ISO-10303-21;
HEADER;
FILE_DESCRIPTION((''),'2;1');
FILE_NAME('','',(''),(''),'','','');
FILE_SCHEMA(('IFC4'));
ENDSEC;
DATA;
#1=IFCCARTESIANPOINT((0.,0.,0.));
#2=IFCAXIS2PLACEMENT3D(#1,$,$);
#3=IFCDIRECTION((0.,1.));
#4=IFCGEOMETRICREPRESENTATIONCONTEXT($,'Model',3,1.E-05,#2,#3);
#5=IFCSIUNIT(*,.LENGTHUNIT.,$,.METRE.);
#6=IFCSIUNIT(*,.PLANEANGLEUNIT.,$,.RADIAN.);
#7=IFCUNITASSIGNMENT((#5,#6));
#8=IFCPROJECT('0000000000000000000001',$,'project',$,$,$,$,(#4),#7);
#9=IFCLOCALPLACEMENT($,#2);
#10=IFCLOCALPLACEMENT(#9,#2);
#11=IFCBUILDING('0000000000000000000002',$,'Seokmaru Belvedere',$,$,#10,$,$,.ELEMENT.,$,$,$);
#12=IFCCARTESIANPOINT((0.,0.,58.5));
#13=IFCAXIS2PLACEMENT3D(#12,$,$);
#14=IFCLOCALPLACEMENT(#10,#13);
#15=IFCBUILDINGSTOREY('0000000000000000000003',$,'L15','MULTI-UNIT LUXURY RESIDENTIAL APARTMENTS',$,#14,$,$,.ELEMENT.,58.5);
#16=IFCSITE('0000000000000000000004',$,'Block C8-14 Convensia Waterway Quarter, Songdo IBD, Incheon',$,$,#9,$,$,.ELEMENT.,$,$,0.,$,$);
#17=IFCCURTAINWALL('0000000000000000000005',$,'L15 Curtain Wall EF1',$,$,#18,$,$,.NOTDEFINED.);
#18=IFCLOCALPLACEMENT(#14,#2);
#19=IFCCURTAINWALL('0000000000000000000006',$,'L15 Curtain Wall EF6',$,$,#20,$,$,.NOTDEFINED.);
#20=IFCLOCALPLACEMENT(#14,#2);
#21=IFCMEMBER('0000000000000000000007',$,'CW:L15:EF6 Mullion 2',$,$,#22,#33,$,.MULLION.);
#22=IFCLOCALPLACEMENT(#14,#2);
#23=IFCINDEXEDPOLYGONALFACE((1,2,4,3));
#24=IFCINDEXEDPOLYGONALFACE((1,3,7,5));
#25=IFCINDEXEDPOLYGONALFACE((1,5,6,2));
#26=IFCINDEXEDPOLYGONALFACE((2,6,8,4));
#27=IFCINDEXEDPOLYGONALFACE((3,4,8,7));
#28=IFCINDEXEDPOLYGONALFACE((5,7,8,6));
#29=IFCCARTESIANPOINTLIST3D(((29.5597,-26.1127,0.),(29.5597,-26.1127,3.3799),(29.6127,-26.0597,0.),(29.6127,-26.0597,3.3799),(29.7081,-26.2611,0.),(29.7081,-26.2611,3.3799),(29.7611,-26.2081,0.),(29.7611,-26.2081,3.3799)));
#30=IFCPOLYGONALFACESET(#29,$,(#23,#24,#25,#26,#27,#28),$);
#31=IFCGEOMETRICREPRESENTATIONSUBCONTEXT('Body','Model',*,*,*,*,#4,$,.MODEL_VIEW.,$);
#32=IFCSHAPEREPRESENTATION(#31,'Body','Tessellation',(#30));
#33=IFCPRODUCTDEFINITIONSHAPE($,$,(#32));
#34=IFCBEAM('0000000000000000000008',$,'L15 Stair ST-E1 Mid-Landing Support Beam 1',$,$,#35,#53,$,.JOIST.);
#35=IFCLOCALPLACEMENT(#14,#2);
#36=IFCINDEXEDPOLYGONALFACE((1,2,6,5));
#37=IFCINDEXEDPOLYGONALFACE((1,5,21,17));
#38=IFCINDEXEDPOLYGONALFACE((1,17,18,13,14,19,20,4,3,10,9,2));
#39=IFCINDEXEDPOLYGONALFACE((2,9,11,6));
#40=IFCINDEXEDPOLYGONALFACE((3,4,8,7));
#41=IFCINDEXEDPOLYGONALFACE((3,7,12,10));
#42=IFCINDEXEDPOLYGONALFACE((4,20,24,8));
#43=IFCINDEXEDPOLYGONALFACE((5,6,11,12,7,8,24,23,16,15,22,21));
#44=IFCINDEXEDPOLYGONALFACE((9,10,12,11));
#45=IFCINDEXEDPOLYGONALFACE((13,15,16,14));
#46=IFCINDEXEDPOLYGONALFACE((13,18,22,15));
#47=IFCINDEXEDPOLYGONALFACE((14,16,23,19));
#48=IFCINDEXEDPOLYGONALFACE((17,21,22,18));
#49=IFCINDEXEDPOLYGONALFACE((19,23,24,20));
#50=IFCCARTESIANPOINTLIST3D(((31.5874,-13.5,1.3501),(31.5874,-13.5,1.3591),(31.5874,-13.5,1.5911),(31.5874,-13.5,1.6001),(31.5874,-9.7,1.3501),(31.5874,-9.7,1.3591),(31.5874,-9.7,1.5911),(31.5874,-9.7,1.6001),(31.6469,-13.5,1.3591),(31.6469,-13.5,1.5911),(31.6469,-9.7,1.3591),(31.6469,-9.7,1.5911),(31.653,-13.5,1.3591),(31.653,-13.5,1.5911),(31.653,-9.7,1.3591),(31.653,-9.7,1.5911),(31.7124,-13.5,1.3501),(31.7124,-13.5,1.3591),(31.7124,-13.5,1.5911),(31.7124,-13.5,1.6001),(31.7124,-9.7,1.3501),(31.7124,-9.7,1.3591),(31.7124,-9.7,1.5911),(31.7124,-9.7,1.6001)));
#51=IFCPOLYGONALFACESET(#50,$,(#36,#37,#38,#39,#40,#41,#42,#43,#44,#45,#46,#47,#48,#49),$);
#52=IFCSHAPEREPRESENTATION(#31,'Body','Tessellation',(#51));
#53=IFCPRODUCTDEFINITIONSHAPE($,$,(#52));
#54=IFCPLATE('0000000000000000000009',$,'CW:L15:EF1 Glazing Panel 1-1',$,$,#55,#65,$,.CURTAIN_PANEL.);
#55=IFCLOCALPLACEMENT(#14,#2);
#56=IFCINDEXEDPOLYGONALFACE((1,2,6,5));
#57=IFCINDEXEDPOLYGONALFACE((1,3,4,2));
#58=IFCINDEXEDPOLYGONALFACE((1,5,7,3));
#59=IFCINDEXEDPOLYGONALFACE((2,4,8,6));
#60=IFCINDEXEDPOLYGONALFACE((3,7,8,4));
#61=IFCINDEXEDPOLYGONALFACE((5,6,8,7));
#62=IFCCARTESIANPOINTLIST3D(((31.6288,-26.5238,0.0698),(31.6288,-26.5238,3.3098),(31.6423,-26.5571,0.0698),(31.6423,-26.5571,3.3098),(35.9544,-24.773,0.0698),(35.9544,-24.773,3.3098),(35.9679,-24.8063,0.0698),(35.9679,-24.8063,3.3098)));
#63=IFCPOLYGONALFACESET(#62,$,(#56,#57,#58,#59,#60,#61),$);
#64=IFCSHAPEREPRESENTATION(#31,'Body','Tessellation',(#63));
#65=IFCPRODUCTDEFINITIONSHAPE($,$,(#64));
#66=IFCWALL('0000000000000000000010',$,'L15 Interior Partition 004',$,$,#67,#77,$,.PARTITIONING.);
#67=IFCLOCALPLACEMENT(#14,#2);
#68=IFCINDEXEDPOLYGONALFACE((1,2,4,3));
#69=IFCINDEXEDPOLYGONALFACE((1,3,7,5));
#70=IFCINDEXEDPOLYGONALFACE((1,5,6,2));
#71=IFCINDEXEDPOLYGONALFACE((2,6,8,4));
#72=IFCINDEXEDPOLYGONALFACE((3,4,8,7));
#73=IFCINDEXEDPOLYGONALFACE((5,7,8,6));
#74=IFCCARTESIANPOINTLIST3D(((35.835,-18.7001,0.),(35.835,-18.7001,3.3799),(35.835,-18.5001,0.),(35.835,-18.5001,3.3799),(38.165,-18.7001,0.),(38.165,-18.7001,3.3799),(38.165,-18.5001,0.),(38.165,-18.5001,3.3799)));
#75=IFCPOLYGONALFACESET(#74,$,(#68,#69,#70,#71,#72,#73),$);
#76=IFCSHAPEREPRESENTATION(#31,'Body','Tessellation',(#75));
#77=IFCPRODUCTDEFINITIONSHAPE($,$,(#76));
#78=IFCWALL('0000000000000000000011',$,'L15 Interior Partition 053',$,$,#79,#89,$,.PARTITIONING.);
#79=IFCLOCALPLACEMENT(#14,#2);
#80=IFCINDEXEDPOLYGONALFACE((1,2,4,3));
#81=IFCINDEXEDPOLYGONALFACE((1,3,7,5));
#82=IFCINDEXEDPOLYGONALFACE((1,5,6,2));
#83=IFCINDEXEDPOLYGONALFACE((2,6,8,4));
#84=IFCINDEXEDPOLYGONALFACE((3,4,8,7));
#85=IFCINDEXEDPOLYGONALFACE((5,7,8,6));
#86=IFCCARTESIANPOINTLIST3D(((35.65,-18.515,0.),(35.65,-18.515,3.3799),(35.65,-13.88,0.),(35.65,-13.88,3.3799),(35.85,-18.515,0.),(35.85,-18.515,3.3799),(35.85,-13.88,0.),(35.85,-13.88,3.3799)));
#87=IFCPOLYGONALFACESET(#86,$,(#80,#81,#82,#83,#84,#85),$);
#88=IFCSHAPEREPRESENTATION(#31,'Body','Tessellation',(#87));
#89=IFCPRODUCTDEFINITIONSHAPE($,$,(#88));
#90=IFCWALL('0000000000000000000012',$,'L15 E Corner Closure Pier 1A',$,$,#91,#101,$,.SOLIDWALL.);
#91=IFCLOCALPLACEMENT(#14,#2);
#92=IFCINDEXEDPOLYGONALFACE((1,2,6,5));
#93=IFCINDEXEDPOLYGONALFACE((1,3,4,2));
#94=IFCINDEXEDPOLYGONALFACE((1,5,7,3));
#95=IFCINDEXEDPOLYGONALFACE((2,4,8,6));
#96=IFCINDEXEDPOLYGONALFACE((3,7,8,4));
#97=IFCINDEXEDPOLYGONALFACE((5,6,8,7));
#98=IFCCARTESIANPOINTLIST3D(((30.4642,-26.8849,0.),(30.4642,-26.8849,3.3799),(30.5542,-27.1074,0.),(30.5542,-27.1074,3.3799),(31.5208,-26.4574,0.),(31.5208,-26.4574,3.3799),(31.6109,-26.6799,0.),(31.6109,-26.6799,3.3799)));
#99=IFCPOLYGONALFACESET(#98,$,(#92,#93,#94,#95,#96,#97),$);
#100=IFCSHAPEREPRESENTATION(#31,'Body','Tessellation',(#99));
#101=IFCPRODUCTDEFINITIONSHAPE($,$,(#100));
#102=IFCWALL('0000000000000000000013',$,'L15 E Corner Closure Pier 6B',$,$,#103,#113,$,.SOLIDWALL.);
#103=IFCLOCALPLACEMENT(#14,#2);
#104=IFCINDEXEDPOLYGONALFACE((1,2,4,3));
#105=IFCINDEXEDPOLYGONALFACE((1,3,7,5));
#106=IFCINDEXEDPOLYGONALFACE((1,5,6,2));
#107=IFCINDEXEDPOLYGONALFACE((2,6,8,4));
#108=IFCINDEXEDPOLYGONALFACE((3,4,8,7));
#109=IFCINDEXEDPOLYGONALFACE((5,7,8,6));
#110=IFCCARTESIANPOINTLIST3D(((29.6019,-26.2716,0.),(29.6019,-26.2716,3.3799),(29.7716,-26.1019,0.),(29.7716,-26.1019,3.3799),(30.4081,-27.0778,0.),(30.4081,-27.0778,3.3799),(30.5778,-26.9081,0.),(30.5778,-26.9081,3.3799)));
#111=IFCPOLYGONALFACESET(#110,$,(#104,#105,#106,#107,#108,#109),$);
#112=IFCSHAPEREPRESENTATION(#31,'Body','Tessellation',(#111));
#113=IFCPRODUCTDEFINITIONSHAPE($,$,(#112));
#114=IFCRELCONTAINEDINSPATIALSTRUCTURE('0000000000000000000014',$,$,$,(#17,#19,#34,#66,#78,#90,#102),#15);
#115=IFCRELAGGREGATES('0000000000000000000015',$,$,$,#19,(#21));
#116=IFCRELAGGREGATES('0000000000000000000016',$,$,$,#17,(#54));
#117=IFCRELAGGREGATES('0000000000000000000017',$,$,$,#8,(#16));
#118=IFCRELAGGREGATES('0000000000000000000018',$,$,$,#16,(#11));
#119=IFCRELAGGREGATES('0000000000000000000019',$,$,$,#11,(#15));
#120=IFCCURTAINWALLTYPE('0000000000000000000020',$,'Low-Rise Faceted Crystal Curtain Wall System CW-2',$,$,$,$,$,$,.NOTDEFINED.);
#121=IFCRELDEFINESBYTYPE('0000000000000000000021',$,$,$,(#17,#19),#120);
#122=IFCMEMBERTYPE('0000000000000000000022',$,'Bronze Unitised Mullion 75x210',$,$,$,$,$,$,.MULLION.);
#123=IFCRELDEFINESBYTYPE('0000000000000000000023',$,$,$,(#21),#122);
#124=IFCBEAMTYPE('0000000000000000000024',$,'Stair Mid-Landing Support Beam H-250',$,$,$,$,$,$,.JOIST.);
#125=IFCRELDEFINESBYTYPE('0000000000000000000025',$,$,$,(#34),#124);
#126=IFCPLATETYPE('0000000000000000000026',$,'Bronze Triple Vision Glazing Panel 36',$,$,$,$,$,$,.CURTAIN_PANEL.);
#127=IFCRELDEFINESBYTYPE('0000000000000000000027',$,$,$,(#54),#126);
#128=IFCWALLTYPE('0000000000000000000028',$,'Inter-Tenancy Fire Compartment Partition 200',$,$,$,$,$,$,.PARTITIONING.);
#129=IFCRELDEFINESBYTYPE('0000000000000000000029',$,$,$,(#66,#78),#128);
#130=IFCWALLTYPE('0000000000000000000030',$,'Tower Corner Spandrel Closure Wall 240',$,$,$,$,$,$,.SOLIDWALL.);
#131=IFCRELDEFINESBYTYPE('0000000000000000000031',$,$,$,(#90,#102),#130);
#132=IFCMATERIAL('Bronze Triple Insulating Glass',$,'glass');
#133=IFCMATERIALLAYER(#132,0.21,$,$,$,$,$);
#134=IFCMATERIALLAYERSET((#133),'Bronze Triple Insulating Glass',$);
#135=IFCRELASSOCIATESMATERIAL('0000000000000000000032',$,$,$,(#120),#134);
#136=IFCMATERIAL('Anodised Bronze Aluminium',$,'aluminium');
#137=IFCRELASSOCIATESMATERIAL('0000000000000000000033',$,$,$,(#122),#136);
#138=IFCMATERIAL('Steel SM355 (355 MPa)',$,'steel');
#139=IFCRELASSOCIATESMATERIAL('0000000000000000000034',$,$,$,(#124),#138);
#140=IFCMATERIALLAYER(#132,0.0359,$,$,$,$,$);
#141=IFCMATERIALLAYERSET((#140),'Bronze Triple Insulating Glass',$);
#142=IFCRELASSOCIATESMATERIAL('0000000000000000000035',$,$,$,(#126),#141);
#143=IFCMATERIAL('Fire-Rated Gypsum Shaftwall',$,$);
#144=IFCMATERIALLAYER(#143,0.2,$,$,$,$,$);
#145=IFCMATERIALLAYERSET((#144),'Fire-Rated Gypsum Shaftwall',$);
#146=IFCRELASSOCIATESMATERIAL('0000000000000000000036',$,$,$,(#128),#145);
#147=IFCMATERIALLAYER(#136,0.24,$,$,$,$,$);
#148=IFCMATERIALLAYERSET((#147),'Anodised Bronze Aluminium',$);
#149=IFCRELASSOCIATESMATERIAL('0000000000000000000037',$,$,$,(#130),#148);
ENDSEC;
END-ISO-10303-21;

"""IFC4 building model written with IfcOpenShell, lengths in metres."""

from ifc_helpers import new_model, si_unit, direction, frame, frame_2d, origin, origin_2d, place, context, subcontext, project, spatial, rectangle, i_section, extrude, source, transform, mapped, material, layer, layer_set, material_profile, profile_set, type_object, type_shapes, element, aggregate, save


model = new_model("IFC4")

# Units and contexts
model_context = context("Model", 3, precision=1e-05, world=origin(), true_north=direction((0.0, 1.0)))
body_context = subcontext(model_context, "Body", "Model", "MODEL_VIEW")
ifc_project = project(units=[si_unit("LENGTHUNIT", "METRE"), si_unit("PLANEANGLEUNIT", "RADIAN")], contexts=[model_context])

# Site, building, storey
site_placement = place(None, origin())
site = spatial("IfcSite", under=ifc_project, at=site_placement, Name="Block C8-14 Convensia Waterway Quarter, Songdo IBD, Incheon", CompositionType="ELEMENT", RefElevation=0.0)
building_placement = place(site_placement, origin())
building = spatial("IfcBuilding", under=site, at=building_placement, Name="Seokmaru Belvedere", CompositionType="ELEMENT")
storey_placement = place(building_placement, frame((0.0, 0.0, 58.5)))
storey = spatial("IfcBuildingStorey", under=building, at=storey_placement, Name="L15", Description="MULTI-UNIT LUXURY RESIDENTIAL APARTMENTS", CompositionType="ELEMENT", Elevation=58.5)

# Shared definitions
ifc_material_1 = material(Name="Steel SM355 (355 MPa)", Category="steel")

# Curtain wall
ifc_material_2 = material(Name="Bronze Triple Insulating Glass", Category="glass")
ifc_layer_1 = layer(ifc_material_2, 0.21)
ifc_layer_set_1 = layer_set([ifc_layer_1], Name="Bronze Triple Insulating Glass")
curtain_wall_type = type_object("IfcCurtainWallType", Name="Low-Rise Faceted Crystal Curtain Wall System CW-2", PredefinedType="NOTDEFINED", material=ifc_layer_set_1)
curtain_wall_1_placement = place(storey_placement, origin())
curtain_wall_1 = element("IfcCurtainWall", 1, at=curtain_wall_1_placement, inside=storey, type_object=curtain_wall_type, Name="L15 Curtain Wall EF1", PredefinedType="NOTDEFINED")
ifc_material_3 = material(Name="Anodised Bronze Aluminium", Category="aluminium")
ifc_material_profile_1 = material_profile(ifc_material_3, rectangle(XDim=0.075, YDim=0.21, at=origin_2d()), Name="CW-M-75x210")
ifc_profile_set_1 = profile_set([ifc_material_profile_1], Name="Anodised Bronze Aluminium")
member_type_1 = type_object("IfcMemberType", Name="Bronze Unitised Mullion 75x210", PredefinedType="MULLION", material=ifc_profile_set_1)
shared_shape_1 = source(origin(), body_context, "Body", "SweptSolid", [
    extrude(rectangle(XDim=0.075, YDim=0.21, at=origin_2d()), origin(), (0.0, 0.0, 1.0), 3.3799),
])

# Curtain wall, member
curtain_wall_2_placement = place(storey_placement, origin())
curtain_wall_2 = element("IfcCurtainWall", 2, at=curtain_wall_2_placement, inside=storey, type_object=curtain_wall_type, Name="L15 Curtain Wall EF6", PredefinedType="NOTDEFINED")
member_1_placement = place(storey_placement, frame((29.6604, -26.1604, 0.0), z_axis=(0.0, 0.0, 1.0), x_axis=(0.707107, 0.707107, 0.0)))
member_1 = element("IfcMember", 3, at=member_1_placement, type_object=member_type_1, Name="CW:L15:EF6 Mullion 2", PredefinedType="MULLION", context=body_context, shape_type="MappedRepresentation", body=[
    mapped(shared_shape_1, transform((0.0, 0.0, 0.0), scale=1.0)),
])
aggregate(curtain_wall_2, [member_1])

# Beam
ifc_material_profile_2 = material_profile(ifc_material_1, i_section(OverallWidth=0.125, OverallDepth=0.25, WebThickness=0.0061, FlangeThickness=0.009, at=origin_2d()), Name="H-250x125x6x9")
ifc_profile_set_2 = profile_set([ifc_material_profile_2], Name="Steel SM355 (355 MPa)")
beam_type_1 = type_object("IfcBeamType", Name="Stair Mid-Landing Support Beam H-250", PredefinedType="JOIST", material=ifc_profile_set_2)
shared_shape_2 = source(origin(), body_context, "Body", "SweptSolid", [
    extrude(i_section(OverallWidth=0.125, OverallDepth=0.25, WebThickness=0.0061, FlangeThickness=0.009, at=origin_2d()), origin(), (0.0, 0.0, 1.0), 3.8),
])
type_shapes(beam_type_1, [shared_shape_2])
beam_1_placement = place(storey_placement, frame((31.6499, -13.5, 1.4751), z_axis=(0.0, 1.0, 0.0), x_axis=(-1.0, 0.0, 0.0)))
element("IfcBeam", 4, at=beam_1_placement, inside=storey, type_object=beam_type_1, Name="L15 Stair ST-E1 Mid-Landing Support Beam 1", PredefinedType="JOIST", context=body_context, shape_type="MappedRepresentation", body=[
    mapped(shared_shape_2, transform((0.0, 0.0, 0.0), scale=1.0)),
])

# Plate
ifc_layer_2 = layer(ifc_material_2, 0.0359)
ifc_layer_set_2 = layer_set([ifc_layer_2], Name="Bronze Triple Insulating Glass")
plate_type = type_object("IfcPlateType", Name="Bronze Triple Vision Glazing Panel 36", PredefinedType="CURTAIN_PANEL", material=ifc_layer_set_2)
shared_shape_3 = source(origin(), body_context, "Body", "SweptSolid", [
    extrude(rectangle(XDim=4.6665, YDim=0.0359, at=origin_2d()), origin(), (0.0, 0.0, 1.0), 3.24),
])
type_shapes(plate_type, [shared_shape_3])
plate_placement = place(storey_placement, frame((33.7983, -25.665, 0.0698), z_axis=(0.0, 0.0, 1.0), x_axis=(0.926947, 0.375192, 0.0)))
plate = element("IfcPlate", 5, at=plate_placement, type_object=plate_type, Name="CW:L15:EF1 Glazing Panel 1-1", PredefinedType="CURTAIN_PANEL", context=body_context, shape_type="MappedRepresentation", body=[
    mapped(shared_shape_3, transform((0.0, 0.0, 0.0), scale=1.0)),
])
aggregate(curtain_wall_1, [plate])

# Walls
ifc_material_4 = material(Name="Fire-Rated Gypsum Shaftwall")
ifc_layer_3 = layer(ifc_material_4, 0.2)
ifc_layer_set_3 = layer_set([ifc_layer_3], Name="Fire-Rated Gypsum Shaftwall")
wall_type_1 = type_object("IfcWallType", Name="Inter-Tenancy Fire Compartment Partition 200", PredefinedType="PARTITIONING", material=ifc_layer_set_3)
wall_1_placement = place(storey_placement, frame((35.835, -18.6001, 0.0), z_axis=(0.0, 0.0, 1.0), x_axis=(1.0, 0.0, 0.0)))
element("IfcWall", 6, at=wall_1_placement, inside=storey, type_object=wall_type_1, Name="L15 Interior Partition 004", PredefinedType="PARTITIONING", context=body_context, shape_type="SweptSolid", body=[
    extrude(rectangle(XDim=2.3301, YDim=0.2, at=frame_2d((1.165, 0.0))), origin(), (0.0, 0.0, 1.0), 3.3799),
])
wall_2_placement = place(storey_placement, frame((35.75, -18.5149, 0.0), z_axis=(0.0, 0.0, 1.0), x_axis=(0.0, 1.0, 0.0)))
element("IfcWall", 7, at=wall_2_placement, inside=storey, type_object=wall_type_1, Name="L15 Interior Partition 053", PredefinedType="PARTITIONING", context=body_context, shape_type="SweptSolid", body=[
    extrude(rectangle(XDim=4.635, YDim=0.2, at=frame_2d((2.3174, 0.0))), origin(), (0.0, 0.0, 1.0), 3.3799),
])
ifc_layer_4 = layer(ifc_material_3, 0.24)
ifc_layer_set_4 = layer_set([ifc_layer_4], Name="Anodised Bronze Aluminium")
wall_type_2 = type_object("IfcWallType", Name="Tower Corner Spandrel Closure Wall 240", PredefinedType="SOLIDWALL", material=ifc_layer_set_4)
wall_3_placement = place(storey_placement, frame((30.5093, -26.9961, 0.0), z_axis=(0.0, 0.0, 1.0), x_axis=(0.927007, 0.375044, 0.0)))
element("IfcWall", 8, at=wall_3_placement, inside=storey, type_object=wall_type_2, Name="L15 E Corner Closure Pier 1A", PredefinedType="SOLIDWALL", context=body_context, shape_type="SweptSolid", body=[
    extrude(rectangle(XDim=1.1399, YDim=0.24, at=frame_2d((0.5698, 0.0))), origin(), (0.0, 0.0, 1.0), 3.3799),
])
wall_4_placement = place(storey_placement, frame((29.6868, -26.1868, 0.0), z_axis=(0.0, 0.0, 1.0), x_axis=(0.707107, -0.707107, 0.0)))
element("IfcWall", 9, at=wall_4_placement, inside=storey, type_object=wall_type_2, Name="L15 E Corner Closure Pier 6B", PredefinedType="SOLIDWALL", context=body_context, shape_type="SweptSolid", body=[
    extrude(rectangle(XDim=1.1401, YDim=0.24, at=frame_2d((0.5701, 0.0))), origin(), (0.0, 0.0, 1.0), 3.3799),
])

save(model, "model.ifc")
